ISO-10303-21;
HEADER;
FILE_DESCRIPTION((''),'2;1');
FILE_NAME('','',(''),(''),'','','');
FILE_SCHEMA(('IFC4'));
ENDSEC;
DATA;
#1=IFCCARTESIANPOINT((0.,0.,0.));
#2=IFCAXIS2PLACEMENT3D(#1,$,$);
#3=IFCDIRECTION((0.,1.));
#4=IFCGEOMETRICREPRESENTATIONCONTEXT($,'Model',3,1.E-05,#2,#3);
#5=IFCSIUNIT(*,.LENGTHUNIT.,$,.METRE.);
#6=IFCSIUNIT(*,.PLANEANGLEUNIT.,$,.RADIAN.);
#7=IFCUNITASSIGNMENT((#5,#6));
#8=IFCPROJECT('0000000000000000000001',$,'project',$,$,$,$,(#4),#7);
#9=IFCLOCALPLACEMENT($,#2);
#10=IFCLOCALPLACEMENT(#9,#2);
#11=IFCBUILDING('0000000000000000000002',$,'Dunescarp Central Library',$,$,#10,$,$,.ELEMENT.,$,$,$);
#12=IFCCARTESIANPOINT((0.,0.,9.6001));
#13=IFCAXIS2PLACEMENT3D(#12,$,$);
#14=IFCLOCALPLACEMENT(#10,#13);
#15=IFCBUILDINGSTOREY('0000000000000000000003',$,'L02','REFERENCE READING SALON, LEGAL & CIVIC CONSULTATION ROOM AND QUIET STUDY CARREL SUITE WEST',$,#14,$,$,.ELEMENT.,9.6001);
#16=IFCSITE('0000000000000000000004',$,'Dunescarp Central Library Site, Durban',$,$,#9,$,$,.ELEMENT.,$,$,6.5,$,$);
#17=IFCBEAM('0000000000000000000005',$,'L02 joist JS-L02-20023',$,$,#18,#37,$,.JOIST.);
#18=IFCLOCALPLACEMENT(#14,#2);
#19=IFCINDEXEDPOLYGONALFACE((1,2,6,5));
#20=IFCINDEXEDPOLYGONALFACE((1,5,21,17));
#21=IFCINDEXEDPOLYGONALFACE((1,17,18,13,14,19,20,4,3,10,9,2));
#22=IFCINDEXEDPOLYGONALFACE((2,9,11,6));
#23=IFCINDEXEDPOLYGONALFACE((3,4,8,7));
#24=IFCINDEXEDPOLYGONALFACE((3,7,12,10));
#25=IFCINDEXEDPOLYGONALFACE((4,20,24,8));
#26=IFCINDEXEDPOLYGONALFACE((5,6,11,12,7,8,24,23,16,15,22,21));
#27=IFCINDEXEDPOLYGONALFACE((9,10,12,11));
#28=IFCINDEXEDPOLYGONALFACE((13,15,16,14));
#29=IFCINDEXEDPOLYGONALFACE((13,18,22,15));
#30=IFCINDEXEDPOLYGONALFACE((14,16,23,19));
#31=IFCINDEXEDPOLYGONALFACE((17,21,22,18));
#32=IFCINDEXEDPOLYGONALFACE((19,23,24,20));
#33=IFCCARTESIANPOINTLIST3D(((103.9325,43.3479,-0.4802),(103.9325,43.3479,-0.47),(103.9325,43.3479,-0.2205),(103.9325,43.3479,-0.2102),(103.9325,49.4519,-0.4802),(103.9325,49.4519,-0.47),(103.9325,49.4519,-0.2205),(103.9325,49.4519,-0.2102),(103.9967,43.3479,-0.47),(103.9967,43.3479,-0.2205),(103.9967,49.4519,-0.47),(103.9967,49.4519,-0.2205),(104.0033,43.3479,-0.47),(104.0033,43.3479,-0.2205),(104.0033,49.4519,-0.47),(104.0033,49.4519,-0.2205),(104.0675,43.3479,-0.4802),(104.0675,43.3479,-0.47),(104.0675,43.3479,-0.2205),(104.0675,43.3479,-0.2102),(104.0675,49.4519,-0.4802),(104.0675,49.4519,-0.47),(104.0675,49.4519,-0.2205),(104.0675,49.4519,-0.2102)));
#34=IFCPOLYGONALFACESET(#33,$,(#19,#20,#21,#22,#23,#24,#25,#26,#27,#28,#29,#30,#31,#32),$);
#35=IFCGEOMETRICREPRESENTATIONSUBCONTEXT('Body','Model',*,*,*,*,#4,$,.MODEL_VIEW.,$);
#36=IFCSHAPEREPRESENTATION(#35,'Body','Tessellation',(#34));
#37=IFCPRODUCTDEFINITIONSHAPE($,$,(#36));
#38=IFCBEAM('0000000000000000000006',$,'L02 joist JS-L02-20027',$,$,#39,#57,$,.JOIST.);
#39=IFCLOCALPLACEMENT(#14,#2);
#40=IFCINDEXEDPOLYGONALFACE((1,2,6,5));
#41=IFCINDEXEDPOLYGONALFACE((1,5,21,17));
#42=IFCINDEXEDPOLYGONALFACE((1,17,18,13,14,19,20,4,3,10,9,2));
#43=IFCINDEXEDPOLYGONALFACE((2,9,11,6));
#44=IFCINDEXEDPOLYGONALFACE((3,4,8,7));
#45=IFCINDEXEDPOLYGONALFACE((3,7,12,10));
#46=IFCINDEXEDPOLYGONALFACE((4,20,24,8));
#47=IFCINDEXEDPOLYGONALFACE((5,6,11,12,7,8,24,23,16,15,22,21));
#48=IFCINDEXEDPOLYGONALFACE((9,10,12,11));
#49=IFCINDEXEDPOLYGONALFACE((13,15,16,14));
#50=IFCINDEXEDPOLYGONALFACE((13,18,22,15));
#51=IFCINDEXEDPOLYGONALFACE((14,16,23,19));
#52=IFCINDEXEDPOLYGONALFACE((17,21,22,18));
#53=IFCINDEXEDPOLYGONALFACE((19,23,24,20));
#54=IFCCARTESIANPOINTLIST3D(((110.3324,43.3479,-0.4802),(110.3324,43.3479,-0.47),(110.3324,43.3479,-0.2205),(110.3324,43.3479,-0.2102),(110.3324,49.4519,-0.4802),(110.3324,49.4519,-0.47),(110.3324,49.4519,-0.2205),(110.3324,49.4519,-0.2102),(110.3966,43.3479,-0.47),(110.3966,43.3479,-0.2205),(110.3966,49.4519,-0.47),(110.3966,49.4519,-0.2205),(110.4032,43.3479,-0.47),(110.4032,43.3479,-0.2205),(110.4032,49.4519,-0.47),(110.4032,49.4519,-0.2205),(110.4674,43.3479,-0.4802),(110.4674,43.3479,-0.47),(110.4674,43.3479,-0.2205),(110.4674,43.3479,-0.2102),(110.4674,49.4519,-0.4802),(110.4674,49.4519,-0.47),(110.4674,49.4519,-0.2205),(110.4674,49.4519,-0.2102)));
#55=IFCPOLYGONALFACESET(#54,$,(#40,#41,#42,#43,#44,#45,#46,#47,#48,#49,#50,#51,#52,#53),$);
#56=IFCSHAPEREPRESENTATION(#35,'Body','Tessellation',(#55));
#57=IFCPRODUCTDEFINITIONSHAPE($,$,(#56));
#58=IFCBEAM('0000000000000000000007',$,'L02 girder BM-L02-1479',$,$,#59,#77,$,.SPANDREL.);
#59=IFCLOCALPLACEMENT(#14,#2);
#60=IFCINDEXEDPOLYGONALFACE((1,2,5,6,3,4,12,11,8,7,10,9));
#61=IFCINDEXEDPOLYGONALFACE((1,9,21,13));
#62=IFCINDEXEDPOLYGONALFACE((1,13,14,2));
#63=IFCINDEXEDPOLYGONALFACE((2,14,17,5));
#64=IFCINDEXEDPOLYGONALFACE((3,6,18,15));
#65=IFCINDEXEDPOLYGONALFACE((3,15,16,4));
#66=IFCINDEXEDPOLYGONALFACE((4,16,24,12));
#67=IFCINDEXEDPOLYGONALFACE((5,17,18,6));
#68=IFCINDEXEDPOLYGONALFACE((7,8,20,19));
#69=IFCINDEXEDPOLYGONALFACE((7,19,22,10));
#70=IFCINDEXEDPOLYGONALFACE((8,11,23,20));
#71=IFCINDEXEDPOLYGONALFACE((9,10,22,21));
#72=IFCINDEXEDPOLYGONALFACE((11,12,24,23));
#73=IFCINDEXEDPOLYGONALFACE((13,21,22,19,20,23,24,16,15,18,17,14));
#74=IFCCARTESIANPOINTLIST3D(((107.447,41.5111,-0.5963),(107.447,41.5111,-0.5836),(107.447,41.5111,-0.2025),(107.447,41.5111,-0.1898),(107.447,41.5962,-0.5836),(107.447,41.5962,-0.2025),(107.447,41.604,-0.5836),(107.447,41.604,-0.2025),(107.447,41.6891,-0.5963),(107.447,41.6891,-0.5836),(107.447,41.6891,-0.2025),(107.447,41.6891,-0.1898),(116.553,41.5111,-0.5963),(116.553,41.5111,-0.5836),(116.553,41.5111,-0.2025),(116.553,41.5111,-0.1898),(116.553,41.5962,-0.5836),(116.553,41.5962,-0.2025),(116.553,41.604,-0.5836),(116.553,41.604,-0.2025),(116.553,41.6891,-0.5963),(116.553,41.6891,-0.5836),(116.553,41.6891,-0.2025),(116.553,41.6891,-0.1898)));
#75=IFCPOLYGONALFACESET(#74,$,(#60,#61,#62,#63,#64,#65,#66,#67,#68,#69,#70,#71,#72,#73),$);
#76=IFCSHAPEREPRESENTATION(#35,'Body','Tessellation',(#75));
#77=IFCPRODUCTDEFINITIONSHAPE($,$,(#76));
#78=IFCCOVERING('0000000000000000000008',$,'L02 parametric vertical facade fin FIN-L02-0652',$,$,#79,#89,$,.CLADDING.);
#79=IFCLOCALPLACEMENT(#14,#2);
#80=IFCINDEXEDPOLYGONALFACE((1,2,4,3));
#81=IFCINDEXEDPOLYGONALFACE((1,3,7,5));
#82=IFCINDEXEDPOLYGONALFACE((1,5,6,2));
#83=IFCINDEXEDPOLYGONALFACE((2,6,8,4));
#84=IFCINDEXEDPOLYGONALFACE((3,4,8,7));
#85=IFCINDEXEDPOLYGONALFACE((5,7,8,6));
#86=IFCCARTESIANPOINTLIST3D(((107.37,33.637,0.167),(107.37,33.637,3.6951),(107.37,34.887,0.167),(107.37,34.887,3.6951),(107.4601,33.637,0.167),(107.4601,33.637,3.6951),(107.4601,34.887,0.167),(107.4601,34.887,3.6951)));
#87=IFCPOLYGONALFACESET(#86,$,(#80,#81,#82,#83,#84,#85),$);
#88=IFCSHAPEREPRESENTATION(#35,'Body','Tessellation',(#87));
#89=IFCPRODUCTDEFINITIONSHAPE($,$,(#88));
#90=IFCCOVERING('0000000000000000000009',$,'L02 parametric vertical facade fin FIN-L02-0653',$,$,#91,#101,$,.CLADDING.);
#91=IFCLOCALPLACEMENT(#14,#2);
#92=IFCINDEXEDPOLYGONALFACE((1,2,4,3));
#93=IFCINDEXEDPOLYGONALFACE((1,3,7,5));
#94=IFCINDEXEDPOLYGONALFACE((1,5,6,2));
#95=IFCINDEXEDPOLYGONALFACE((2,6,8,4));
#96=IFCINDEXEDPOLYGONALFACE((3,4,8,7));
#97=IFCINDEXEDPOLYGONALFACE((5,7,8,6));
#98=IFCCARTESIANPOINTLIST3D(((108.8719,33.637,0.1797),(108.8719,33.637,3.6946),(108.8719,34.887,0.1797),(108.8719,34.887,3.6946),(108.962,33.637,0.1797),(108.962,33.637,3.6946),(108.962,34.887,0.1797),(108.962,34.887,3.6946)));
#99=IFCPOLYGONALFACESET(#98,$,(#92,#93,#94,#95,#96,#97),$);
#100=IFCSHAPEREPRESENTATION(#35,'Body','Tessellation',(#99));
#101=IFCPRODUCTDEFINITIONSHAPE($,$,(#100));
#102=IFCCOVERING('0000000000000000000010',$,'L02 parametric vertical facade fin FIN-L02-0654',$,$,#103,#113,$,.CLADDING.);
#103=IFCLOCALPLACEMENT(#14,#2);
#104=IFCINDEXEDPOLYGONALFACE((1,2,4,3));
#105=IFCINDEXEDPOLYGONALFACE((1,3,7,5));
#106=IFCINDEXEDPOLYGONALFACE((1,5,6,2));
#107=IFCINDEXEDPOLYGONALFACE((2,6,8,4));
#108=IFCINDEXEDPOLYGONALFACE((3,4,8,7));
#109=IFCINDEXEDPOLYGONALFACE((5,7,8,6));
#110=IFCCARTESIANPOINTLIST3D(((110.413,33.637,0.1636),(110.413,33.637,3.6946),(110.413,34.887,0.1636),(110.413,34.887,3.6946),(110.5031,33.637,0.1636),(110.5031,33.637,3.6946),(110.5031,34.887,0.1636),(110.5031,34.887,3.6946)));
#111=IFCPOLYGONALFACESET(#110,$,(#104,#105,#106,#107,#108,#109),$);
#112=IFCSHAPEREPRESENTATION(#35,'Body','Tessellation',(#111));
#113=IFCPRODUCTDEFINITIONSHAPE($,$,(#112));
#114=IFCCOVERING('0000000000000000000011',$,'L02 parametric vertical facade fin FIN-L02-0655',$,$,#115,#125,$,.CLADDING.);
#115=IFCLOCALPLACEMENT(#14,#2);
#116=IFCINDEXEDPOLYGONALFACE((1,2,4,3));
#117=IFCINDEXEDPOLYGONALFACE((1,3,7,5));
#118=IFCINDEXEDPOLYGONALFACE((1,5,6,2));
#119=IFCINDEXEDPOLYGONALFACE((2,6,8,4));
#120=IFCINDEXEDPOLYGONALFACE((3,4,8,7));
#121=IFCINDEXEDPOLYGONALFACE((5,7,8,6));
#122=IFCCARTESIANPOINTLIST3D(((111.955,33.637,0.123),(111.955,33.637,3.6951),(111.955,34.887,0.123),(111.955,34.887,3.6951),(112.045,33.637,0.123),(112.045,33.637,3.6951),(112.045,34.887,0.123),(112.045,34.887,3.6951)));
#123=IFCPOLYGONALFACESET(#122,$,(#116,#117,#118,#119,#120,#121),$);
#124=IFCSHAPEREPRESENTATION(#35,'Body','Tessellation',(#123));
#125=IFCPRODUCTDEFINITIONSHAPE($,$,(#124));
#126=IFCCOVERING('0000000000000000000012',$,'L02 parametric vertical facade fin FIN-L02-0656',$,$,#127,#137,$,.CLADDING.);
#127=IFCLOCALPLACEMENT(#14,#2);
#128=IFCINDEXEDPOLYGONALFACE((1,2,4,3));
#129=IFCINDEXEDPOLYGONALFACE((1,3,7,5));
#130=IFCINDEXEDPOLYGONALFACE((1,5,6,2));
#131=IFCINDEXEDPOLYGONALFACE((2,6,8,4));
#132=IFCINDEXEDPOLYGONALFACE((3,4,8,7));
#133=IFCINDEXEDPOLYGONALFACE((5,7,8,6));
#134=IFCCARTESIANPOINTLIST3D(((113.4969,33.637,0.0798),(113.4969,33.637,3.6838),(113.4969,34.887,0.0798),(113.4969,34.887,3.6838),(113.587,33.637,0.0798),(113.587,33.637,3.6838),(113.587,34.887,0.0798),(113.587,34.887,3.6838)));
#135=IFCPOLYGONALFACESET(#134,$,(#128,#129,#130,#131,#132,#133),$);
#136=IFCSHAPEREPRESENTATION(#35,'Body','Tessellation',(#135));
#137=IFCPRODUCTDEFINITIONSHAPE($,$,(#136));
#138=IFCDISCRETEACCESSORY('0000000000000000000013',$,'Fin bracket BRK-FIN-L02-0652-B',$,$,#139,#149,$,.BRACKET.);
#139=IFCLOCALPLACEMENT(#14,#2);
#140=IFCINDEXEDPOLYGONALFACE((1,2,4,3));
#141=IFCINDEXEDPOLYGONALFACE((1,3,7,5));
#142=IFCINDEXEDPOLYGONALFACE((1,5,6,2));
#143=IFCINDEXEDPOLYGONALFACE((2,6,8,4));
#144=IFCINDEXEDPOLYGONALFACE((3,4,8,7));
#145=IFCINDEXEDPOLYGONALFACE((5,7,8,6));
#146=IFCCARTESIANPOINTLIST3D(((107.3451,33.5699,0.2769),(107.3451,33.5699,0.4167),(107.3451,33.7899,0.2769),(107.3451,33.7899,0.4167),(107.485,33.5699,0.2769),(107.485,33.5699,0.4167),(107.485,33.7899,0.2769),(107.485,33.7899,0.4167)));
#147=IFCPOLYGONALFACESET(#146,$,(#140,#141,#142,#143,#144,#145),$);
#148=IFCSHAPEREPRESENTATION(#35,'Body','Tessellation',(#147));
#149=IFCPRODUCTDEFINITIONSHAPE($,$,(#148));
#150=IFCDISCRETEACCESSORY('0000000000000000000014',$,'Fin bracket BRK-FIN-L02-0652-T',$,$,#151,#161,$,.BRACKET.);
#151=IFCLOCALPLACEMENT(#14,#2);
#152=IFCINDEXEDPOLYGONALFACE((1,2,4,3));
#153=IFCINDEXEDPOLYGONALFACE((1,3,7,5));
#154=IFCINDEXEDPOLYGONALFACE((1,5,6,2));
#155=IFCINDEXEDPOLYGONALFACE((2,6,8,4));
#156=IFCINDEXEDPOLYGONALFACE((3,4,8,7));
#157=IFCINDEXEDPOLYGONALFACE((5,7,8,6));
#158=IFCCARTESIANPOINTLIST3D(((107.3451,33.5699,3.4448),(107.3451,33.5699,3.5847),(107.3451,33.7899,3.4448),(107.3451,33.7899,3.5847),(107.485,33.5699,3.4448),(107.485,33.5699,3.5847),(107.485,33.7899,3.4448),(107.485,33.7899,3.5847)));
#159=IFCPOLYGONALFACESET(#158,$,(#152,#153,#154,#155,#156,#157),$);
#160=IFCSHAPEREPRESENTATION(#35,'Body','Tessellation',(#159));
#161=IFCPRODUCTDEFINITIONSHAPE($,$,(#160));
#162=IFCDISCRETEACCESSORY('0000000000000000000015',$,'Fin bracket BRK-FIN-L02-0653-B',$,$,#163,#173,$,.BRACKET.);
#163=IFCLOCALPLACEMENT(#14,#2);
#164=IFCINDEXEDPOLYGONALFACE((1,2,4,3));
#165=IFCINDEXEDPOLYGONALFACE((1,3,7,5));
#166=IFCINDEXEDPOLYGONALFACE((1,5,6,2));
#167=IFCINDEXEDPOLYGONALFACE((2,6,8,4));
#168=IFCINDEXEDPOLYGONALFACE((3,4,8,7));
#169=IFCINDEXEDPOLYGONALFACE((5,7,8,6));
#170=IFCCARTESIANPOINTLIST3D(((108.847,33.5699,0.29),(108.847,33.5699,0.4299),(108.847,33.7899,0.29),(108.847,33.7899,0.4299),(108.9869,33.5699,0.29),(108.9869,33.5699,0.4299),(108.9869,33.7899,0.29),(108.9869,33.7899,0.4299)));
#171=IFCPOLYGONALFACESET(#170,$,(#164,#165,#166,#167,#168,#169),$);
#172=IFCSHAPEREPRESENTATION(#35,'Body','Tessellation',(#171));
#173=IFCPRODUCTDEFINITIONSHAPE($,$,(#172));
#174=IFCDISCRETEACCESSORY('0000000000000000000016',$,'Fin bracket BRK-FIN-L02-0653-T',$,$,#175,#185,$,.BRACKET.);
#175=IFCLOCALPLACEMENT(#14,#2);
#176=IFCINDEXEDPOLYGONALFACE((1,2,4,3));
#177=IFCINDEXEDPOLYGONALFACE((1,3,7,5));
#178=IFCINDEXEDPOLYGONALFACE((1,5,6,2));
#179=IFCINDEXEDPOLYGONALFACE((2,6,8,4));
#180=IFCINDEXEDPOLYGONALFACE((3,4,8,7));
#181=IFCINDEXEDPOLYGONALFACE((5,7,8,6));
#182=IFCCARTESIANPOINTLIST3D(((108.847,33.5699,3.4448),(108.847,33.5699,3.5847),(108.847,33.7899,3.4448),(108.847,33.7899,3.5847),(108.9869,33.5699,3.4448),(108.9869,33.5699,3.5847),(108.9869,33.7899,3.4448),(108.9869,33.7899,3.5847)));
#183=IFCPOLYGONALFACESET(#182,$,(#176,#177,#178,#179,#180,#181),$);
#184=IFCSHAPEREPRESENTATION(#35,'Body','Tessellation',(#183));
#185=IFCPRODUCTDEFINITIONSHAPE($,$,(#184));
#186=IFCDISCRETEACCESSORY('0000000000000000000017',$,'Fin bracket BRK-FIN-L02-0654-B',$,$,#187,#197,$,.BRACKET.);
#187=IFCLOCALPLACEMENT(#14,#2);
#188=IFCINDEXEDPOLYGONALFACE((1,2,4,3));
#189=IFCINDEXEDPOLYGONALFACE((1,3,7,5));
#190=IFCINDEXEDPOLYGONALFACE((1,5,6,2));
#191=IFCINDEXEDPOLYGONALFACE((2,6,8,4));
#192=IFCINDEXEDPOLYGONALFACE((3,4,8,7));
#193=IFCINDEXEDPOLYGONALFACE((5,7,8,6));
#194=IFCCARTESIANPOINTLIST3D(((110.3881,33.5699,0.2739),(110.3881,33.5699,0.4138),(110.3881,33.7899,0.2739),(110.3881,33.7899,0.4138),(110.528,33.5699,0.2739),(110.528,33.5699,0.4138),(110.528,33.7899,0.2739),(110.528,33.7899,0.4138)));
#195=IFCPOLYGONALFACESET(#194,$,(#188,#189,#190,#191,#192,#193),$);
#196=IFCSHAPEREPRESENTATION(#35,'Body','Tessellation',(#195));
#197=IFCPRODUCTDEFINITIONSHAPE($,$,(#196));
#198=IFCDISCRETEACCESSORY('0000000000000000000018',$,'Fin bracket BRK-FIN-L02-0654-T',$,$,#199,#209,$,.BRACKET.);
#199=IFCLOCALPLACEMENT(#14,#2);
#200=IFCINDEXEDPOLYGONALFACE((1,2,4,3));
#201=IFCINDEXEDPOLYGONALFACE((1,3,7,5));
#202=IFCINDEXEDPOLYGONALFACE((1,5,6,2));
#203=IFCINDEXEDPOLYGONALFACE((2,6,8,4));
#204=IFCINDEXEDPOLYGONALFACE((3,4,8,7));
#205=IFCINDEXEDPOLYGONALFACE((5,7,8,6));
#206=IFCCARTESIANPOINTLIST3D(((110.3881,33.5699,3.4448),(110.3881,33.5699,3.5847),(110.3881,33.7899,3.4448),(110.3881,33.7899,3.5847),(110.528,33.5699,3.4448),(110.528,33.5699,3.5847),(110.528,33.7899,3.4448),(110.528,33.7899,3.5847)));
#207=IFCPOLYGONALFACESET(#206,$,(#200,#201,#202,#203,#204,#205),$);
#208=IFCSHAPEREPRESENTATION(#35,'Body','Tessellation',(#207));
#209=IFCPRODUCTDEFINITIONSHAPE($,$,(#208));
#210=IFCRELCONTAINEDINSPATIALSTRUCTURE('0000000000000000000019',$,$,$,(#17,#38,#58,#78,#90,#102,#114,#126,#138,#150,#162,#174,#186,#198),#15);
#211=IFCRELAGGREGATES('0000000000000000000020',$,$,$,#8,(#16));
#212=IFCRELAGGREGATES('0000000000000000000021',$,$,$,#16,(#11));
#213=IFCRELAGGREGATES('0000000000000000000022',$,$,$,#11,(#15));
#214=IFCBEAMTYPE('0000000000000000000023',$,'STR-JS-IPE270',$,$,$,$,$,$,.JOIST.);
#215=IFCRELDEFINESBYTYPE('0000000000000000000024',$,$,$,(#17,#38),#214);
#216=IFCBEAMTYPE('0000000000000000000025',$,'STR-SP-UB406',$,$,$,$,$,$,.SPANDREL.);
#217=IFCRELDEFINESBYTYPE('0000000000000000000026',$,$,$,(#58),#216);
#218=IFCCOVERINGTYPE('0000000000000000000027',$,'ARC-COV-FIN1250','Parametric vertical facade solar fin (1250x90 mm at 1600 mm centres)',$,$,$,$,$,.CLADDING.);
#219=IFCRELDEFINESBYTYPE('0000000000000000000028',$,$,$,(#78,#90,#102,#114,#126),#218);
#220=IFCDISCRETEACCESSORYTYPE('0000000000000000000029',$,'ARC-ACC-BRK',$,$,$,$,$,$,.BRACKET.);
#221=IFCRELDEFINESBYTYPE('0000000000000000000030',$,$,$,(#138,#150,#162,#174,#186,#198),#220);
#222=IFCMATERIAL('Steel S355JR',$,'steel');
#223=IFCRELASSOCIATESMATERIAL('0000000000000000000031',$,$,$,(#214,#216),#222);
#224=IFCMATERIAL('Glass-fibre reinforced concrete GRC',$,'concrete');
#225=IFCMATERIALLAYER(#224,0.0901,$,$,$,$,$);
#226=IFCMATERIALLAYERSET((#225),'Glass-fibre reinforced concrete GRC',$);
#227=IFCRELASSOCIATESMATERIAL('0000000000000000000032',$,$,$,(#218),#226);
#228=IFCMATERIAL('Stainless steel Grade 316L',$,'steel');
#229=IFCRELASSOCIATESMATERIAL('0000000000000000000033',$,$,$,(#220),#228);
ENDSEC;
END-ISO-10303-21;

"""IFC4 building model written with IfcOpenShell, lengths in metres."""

from ifc_helpers import new_model, si_unit, direction, frame, origin, origin_2d, place, context, subcontext, project, spatial, rectangle, i_section, extrude, material, layer, layer_set, material_profile, profile_set, type_object, element, save


model = new_model("IFC4")

# Units and contexts
model_context = context("Model", 3, precision=1e-05, world=origin(), true_north=direction((0.0, 1.0)))
body_context = subcontext(model_context, "Body", "Model", "MODEL_VIEW")
ifc_project = project(units=[si_unit("LENGTHUNIT", "METRE"), si_unit("PLANEANGLEUNIT", "RADIAN")], contexts=[model_context])

# Site, building, storey
site_placement = place(None, origin())
site = spatial("IfcSite", under=ifc_project, at=site_placement, Name="Dunescarp Central Library Site, Durban", CompositionType="ELEMENT", RefElevation=6.5)
building_placement = place(site_placement, origin())
building = spatial("IfcBuilding", under=site, at=building_placement, Name="Dunescarp Central Library", CompositionType="ELEMENT")
storey_placement = place(building_placement, frame((0.0, 0.0, 9.6001)))
storey = spatial("IfcBuildingStorey", under=building, at=storey_placement, Name="L02", Description="REFERENCE READING SALON, LEGAL & CIVIC CONSULTATION ROOM AND QUIET STUDY CARREL SUITE WEST", CompositionType="ELEMENT", Elevation=9.6001)

# Beams
ifc_material_1 = material(Name="Steel S355JR", Category="steel")
ifc_material_profile_1 = material_profile(ifc_material_1, i_section(OverallWidth=0.135, OverallDepth=0.27, WebThickness=0.0066, FlangeThickness=0.0103, at=origin_2d()), Name="IPE 270")
ifc_profile_set_1 = profile_set([ifc_material_profile_1], Name="Steel S355JR")
beam_type_1 = type_object("IfcBeamType", Name="STR-JS-IPE270", PredefinedType="JOIST", material=ifc_profile_set_1)
for number, where, z_axis, x_axis, name in (
    (1, (104.0, 43.3479, -0.3452), (0.0, 1.0, 0.0), (-1.0, 0.0, 0.0), "L02 joist JS-L02-20023"),
    (2, (110.3999, 43.3479, -0.3452), (0.0, 1.0, 0.0), (-1.0, 0.0, 0.0), "L02 joist JS-L02-20027"),
):
    element("IfcBeam", number, at=place(storey_placement, frame(where, z_axis=z_axis, x_axis=x_axis)), inside=storey, type_object=beam_type_1, Name=name, PredefinedType="JOIST", context=body_context, shape_type="SweptSolid", body=[
        extrude(i_section(OverallWidth=0.135, OverallDepth=0.27, WebThickness=0.0066, FlangeThickness=0.0103, at=origin_2d()), origin(), (0.0, 0.0, 1.0), 6.104),
    ])
ifc_material_profile_2 = material_profile(ifc_material_1, i_section(OverallWidth=0.178, OverallDepth=0.4065, WebThickness=0.0078, FlangeThickness=0.0127, at=origin_2d()), Name="UB 406x178x60")
ifc_profile_set_2 = profile_set([ifc_material_profile_2], Name="Steel S355JR")
beam_type_2 = type_object("IfcBeamType", Name="STR-SP-UB406", PredefinedType="SPANDREL", material=ifc_profile_set_2)
beam_1_placement = place(storey_placement, frame((107.447, 41.6001, -0.3931), z_axis=(1.0, 0.0, 0.0), x_axis=(0.0, 1.0, 0.0)))
element("IfcBeam", 3, at=beam_1_placement, inside=storey, type_object=beam_type_2, Name="L02 girder BM-L02-1479", PredefinedType="SPANDREL", context=body_context, shape_type="SweptSolid", body=[
    extrude(i_section(OverallWidth=0.178, OverallDepth=0.4065, WebThickness=0.0078, FlangeThickness=0.0127, at=origin_2d()), origin(), (0.0, 0.0, 1.0), 9.106),
])

# Coverings
ifc_material_2 = material(Name="Glass-fibre reinforced concrete GRC", Category="concrete")
ifc_layer = layer(ifc_material_2, 0.0901)
ifc_layer_set = layer_set([ifc_layer], Name="Glass-fibre reinforced concrete GRC")
covering_type = type_object("IfcCoveringType", Name="ARC-COV-FIN1250", Description="Parametric vertical facade solar fin (1250x90 mm at 1600 mm centres)", PredefinedType="CLADDING", material=ifc_layer_set)
covering_1_placement = place(storey_placement, frame((107.415, 34.262, 0.167), z_axis=(0.0, 0.0, 1.0), x_axis=(0.0, 1.0, 0.0)))
element("IfcCovering", 4, at=covering_1_placement, inside=storey, type_object=covering_type, Name="L02 parametric vertical facade fin FIN-L02-0652", PredefinedType="CLADDING", context=body_context, shape_type="SweptSolid", body=[
    extrude(rectangle(XDim=1.25, YDim=0.0901, at=origin_2d()), origin(), (0.0, 0.0, 1.0), 3.5281),
])
covering_2_placement = place(storey_placement, frame((108.917, 34.262, 0.1797), z_axis=(0.0, 0.0, 1.0), x_axis=(0.0, 1.0, 0.0)))
element("IfcCovering", 5, at=covering_2_placement, inside=storey, type_object=covering_type, Name="L02 parametric vertical facade fin FIN-L02-0653", PredefinedType="CLADDING", context=body_context, shape_type="SweptSolid", body=[
    extrude(rectangle(XDim=1.25, YDim=0.0901, at=origin_2d()), origin(), (0.0, 0.0, 1.0), 3.5149),
])
covering_3_placement = place(storey_placement, frame((110.458, 34.262, 0.1636), z_axis=(0.0, 0.0, 1.0), x_axis=(0.0, 1.0, 0.0)))
element("IfcCovering", 6, at=covering_3_placement, inside=storey, type_object=covering_type, Name="L02 parametric vertical facade fin FIN-L02-0654", PredefinedType="CLADDING", context=body_context, shape_type="SweptSolid", body=[
    extrude(rectangle(XDim=1.25, YDim=0.0901, at=origin_2d()), origin(), (0.0, 0.0, 1.0), 3.531),
])
covering_4_placement = place(storey_placement, frame((112.0, 34.262, 0.123), z_axis=(0.0, 0.0, 1.0), x_axis=(0.0, 1.0, 0.0)))
element("IfcCovering", 7, at=covering_4_placement, inside=storey, type_object=covering_type, Name="L02 parametric vertical facade fin FIN-L02-0655", PredefinedType="CLADDING", context=body_context, shape_type="SweptSolid", body=[
    extrude(rectangle(XDim=1.25, YDim=0.0901, at=origin_2d()), origin(), (0.0, 0.0, 1.0), 3.572),
])
covering_5_placement = place(storey_placement, frame((113.542, 34.262, 0.0798), z_axis=(0.0, 0.0, 1.0), x_axis=(0.0, 1.0, 0.0)))
element("IfcCovering", 8, at=covering_5_placement, inside=storey, type_object=covering_type, Name="L02 parametric vertical facade fin FIN-L02-0656", PredefinedType="CLADDING", context=body_context, shape_type="SweptSolid", body=[
    extrude(rectangle(XDim=1.25, YDim=0.0901, at=origin_2d()), origin(), (0.0, 0.0, 1.0), 3.604),
])

# Discrete accessories
ifc_material_3 = material(Name="Stainless steel Grade 316L", Category="steel")
discrete_accessory_type = type_object("IfcDiscreteAccessoryType", Name="ARC-ACC-BRK", PredefinedType="BRACKET", material=ifc_material_3)
for number, where, z_axis, x_axis, name in (
    (9, (107.415, 33.6799, 0.2769), (0.0, 0.0, 1.0), (0.0, 1.0, 0.0), "Fin bracket BRK-FIN-L02-0652-B"),
    (10, (107.415, 33.6799, 3.4448), (0.0, 0.0, 1.0), (0.0, 1.0, 0.0), "Fin bracket BRK-FIN-L02-0652-T"),
    (11, (108.917, 33.6799, 0.29), (0.0, 0.0, 1.0), (0.0, 1.0, 0.0), "Fin bracket BRK-FIN-L02-0653-B"),
    (12, (108.917, 33.6799, 3.4448), (0.0, 0.0, 1.0), (0.0, 1.0, 0.0), "Fin bracket BRK-FIN-L02-0653-T"),
    (13, (110.458, 33.6799, 0.2739), (0.0, 0.0, 1.0), (0.0, 1.0, 0.0), "Fin bracket BRK-FIN-L02-0654-B"),
    (14, (110.458, 33.6799, 3.4448), (0.0, 0.0, 1.0), (0.0, 1.0, 0.0), "Fin bracket BRK-FIN-L02-0654-T"),
):
    element("IfcDiscreteAccessory", number, at=place(storey_placement, frame(where, z_axis=z_axis, x_axis=x_axis)), inside=storey, type_object=discrete_accessory_type, Name=name, PredefinedType="BRACKET", context=body_context, shape_type="SweptSolid", body=[
        extrude(rectangle(XDim=0.22, YDim=0.1399, at=origin_2d()), origin(), (0.0, 0.0, 1.0), 0.1399),
    ])

save(model, "model.ifc")
